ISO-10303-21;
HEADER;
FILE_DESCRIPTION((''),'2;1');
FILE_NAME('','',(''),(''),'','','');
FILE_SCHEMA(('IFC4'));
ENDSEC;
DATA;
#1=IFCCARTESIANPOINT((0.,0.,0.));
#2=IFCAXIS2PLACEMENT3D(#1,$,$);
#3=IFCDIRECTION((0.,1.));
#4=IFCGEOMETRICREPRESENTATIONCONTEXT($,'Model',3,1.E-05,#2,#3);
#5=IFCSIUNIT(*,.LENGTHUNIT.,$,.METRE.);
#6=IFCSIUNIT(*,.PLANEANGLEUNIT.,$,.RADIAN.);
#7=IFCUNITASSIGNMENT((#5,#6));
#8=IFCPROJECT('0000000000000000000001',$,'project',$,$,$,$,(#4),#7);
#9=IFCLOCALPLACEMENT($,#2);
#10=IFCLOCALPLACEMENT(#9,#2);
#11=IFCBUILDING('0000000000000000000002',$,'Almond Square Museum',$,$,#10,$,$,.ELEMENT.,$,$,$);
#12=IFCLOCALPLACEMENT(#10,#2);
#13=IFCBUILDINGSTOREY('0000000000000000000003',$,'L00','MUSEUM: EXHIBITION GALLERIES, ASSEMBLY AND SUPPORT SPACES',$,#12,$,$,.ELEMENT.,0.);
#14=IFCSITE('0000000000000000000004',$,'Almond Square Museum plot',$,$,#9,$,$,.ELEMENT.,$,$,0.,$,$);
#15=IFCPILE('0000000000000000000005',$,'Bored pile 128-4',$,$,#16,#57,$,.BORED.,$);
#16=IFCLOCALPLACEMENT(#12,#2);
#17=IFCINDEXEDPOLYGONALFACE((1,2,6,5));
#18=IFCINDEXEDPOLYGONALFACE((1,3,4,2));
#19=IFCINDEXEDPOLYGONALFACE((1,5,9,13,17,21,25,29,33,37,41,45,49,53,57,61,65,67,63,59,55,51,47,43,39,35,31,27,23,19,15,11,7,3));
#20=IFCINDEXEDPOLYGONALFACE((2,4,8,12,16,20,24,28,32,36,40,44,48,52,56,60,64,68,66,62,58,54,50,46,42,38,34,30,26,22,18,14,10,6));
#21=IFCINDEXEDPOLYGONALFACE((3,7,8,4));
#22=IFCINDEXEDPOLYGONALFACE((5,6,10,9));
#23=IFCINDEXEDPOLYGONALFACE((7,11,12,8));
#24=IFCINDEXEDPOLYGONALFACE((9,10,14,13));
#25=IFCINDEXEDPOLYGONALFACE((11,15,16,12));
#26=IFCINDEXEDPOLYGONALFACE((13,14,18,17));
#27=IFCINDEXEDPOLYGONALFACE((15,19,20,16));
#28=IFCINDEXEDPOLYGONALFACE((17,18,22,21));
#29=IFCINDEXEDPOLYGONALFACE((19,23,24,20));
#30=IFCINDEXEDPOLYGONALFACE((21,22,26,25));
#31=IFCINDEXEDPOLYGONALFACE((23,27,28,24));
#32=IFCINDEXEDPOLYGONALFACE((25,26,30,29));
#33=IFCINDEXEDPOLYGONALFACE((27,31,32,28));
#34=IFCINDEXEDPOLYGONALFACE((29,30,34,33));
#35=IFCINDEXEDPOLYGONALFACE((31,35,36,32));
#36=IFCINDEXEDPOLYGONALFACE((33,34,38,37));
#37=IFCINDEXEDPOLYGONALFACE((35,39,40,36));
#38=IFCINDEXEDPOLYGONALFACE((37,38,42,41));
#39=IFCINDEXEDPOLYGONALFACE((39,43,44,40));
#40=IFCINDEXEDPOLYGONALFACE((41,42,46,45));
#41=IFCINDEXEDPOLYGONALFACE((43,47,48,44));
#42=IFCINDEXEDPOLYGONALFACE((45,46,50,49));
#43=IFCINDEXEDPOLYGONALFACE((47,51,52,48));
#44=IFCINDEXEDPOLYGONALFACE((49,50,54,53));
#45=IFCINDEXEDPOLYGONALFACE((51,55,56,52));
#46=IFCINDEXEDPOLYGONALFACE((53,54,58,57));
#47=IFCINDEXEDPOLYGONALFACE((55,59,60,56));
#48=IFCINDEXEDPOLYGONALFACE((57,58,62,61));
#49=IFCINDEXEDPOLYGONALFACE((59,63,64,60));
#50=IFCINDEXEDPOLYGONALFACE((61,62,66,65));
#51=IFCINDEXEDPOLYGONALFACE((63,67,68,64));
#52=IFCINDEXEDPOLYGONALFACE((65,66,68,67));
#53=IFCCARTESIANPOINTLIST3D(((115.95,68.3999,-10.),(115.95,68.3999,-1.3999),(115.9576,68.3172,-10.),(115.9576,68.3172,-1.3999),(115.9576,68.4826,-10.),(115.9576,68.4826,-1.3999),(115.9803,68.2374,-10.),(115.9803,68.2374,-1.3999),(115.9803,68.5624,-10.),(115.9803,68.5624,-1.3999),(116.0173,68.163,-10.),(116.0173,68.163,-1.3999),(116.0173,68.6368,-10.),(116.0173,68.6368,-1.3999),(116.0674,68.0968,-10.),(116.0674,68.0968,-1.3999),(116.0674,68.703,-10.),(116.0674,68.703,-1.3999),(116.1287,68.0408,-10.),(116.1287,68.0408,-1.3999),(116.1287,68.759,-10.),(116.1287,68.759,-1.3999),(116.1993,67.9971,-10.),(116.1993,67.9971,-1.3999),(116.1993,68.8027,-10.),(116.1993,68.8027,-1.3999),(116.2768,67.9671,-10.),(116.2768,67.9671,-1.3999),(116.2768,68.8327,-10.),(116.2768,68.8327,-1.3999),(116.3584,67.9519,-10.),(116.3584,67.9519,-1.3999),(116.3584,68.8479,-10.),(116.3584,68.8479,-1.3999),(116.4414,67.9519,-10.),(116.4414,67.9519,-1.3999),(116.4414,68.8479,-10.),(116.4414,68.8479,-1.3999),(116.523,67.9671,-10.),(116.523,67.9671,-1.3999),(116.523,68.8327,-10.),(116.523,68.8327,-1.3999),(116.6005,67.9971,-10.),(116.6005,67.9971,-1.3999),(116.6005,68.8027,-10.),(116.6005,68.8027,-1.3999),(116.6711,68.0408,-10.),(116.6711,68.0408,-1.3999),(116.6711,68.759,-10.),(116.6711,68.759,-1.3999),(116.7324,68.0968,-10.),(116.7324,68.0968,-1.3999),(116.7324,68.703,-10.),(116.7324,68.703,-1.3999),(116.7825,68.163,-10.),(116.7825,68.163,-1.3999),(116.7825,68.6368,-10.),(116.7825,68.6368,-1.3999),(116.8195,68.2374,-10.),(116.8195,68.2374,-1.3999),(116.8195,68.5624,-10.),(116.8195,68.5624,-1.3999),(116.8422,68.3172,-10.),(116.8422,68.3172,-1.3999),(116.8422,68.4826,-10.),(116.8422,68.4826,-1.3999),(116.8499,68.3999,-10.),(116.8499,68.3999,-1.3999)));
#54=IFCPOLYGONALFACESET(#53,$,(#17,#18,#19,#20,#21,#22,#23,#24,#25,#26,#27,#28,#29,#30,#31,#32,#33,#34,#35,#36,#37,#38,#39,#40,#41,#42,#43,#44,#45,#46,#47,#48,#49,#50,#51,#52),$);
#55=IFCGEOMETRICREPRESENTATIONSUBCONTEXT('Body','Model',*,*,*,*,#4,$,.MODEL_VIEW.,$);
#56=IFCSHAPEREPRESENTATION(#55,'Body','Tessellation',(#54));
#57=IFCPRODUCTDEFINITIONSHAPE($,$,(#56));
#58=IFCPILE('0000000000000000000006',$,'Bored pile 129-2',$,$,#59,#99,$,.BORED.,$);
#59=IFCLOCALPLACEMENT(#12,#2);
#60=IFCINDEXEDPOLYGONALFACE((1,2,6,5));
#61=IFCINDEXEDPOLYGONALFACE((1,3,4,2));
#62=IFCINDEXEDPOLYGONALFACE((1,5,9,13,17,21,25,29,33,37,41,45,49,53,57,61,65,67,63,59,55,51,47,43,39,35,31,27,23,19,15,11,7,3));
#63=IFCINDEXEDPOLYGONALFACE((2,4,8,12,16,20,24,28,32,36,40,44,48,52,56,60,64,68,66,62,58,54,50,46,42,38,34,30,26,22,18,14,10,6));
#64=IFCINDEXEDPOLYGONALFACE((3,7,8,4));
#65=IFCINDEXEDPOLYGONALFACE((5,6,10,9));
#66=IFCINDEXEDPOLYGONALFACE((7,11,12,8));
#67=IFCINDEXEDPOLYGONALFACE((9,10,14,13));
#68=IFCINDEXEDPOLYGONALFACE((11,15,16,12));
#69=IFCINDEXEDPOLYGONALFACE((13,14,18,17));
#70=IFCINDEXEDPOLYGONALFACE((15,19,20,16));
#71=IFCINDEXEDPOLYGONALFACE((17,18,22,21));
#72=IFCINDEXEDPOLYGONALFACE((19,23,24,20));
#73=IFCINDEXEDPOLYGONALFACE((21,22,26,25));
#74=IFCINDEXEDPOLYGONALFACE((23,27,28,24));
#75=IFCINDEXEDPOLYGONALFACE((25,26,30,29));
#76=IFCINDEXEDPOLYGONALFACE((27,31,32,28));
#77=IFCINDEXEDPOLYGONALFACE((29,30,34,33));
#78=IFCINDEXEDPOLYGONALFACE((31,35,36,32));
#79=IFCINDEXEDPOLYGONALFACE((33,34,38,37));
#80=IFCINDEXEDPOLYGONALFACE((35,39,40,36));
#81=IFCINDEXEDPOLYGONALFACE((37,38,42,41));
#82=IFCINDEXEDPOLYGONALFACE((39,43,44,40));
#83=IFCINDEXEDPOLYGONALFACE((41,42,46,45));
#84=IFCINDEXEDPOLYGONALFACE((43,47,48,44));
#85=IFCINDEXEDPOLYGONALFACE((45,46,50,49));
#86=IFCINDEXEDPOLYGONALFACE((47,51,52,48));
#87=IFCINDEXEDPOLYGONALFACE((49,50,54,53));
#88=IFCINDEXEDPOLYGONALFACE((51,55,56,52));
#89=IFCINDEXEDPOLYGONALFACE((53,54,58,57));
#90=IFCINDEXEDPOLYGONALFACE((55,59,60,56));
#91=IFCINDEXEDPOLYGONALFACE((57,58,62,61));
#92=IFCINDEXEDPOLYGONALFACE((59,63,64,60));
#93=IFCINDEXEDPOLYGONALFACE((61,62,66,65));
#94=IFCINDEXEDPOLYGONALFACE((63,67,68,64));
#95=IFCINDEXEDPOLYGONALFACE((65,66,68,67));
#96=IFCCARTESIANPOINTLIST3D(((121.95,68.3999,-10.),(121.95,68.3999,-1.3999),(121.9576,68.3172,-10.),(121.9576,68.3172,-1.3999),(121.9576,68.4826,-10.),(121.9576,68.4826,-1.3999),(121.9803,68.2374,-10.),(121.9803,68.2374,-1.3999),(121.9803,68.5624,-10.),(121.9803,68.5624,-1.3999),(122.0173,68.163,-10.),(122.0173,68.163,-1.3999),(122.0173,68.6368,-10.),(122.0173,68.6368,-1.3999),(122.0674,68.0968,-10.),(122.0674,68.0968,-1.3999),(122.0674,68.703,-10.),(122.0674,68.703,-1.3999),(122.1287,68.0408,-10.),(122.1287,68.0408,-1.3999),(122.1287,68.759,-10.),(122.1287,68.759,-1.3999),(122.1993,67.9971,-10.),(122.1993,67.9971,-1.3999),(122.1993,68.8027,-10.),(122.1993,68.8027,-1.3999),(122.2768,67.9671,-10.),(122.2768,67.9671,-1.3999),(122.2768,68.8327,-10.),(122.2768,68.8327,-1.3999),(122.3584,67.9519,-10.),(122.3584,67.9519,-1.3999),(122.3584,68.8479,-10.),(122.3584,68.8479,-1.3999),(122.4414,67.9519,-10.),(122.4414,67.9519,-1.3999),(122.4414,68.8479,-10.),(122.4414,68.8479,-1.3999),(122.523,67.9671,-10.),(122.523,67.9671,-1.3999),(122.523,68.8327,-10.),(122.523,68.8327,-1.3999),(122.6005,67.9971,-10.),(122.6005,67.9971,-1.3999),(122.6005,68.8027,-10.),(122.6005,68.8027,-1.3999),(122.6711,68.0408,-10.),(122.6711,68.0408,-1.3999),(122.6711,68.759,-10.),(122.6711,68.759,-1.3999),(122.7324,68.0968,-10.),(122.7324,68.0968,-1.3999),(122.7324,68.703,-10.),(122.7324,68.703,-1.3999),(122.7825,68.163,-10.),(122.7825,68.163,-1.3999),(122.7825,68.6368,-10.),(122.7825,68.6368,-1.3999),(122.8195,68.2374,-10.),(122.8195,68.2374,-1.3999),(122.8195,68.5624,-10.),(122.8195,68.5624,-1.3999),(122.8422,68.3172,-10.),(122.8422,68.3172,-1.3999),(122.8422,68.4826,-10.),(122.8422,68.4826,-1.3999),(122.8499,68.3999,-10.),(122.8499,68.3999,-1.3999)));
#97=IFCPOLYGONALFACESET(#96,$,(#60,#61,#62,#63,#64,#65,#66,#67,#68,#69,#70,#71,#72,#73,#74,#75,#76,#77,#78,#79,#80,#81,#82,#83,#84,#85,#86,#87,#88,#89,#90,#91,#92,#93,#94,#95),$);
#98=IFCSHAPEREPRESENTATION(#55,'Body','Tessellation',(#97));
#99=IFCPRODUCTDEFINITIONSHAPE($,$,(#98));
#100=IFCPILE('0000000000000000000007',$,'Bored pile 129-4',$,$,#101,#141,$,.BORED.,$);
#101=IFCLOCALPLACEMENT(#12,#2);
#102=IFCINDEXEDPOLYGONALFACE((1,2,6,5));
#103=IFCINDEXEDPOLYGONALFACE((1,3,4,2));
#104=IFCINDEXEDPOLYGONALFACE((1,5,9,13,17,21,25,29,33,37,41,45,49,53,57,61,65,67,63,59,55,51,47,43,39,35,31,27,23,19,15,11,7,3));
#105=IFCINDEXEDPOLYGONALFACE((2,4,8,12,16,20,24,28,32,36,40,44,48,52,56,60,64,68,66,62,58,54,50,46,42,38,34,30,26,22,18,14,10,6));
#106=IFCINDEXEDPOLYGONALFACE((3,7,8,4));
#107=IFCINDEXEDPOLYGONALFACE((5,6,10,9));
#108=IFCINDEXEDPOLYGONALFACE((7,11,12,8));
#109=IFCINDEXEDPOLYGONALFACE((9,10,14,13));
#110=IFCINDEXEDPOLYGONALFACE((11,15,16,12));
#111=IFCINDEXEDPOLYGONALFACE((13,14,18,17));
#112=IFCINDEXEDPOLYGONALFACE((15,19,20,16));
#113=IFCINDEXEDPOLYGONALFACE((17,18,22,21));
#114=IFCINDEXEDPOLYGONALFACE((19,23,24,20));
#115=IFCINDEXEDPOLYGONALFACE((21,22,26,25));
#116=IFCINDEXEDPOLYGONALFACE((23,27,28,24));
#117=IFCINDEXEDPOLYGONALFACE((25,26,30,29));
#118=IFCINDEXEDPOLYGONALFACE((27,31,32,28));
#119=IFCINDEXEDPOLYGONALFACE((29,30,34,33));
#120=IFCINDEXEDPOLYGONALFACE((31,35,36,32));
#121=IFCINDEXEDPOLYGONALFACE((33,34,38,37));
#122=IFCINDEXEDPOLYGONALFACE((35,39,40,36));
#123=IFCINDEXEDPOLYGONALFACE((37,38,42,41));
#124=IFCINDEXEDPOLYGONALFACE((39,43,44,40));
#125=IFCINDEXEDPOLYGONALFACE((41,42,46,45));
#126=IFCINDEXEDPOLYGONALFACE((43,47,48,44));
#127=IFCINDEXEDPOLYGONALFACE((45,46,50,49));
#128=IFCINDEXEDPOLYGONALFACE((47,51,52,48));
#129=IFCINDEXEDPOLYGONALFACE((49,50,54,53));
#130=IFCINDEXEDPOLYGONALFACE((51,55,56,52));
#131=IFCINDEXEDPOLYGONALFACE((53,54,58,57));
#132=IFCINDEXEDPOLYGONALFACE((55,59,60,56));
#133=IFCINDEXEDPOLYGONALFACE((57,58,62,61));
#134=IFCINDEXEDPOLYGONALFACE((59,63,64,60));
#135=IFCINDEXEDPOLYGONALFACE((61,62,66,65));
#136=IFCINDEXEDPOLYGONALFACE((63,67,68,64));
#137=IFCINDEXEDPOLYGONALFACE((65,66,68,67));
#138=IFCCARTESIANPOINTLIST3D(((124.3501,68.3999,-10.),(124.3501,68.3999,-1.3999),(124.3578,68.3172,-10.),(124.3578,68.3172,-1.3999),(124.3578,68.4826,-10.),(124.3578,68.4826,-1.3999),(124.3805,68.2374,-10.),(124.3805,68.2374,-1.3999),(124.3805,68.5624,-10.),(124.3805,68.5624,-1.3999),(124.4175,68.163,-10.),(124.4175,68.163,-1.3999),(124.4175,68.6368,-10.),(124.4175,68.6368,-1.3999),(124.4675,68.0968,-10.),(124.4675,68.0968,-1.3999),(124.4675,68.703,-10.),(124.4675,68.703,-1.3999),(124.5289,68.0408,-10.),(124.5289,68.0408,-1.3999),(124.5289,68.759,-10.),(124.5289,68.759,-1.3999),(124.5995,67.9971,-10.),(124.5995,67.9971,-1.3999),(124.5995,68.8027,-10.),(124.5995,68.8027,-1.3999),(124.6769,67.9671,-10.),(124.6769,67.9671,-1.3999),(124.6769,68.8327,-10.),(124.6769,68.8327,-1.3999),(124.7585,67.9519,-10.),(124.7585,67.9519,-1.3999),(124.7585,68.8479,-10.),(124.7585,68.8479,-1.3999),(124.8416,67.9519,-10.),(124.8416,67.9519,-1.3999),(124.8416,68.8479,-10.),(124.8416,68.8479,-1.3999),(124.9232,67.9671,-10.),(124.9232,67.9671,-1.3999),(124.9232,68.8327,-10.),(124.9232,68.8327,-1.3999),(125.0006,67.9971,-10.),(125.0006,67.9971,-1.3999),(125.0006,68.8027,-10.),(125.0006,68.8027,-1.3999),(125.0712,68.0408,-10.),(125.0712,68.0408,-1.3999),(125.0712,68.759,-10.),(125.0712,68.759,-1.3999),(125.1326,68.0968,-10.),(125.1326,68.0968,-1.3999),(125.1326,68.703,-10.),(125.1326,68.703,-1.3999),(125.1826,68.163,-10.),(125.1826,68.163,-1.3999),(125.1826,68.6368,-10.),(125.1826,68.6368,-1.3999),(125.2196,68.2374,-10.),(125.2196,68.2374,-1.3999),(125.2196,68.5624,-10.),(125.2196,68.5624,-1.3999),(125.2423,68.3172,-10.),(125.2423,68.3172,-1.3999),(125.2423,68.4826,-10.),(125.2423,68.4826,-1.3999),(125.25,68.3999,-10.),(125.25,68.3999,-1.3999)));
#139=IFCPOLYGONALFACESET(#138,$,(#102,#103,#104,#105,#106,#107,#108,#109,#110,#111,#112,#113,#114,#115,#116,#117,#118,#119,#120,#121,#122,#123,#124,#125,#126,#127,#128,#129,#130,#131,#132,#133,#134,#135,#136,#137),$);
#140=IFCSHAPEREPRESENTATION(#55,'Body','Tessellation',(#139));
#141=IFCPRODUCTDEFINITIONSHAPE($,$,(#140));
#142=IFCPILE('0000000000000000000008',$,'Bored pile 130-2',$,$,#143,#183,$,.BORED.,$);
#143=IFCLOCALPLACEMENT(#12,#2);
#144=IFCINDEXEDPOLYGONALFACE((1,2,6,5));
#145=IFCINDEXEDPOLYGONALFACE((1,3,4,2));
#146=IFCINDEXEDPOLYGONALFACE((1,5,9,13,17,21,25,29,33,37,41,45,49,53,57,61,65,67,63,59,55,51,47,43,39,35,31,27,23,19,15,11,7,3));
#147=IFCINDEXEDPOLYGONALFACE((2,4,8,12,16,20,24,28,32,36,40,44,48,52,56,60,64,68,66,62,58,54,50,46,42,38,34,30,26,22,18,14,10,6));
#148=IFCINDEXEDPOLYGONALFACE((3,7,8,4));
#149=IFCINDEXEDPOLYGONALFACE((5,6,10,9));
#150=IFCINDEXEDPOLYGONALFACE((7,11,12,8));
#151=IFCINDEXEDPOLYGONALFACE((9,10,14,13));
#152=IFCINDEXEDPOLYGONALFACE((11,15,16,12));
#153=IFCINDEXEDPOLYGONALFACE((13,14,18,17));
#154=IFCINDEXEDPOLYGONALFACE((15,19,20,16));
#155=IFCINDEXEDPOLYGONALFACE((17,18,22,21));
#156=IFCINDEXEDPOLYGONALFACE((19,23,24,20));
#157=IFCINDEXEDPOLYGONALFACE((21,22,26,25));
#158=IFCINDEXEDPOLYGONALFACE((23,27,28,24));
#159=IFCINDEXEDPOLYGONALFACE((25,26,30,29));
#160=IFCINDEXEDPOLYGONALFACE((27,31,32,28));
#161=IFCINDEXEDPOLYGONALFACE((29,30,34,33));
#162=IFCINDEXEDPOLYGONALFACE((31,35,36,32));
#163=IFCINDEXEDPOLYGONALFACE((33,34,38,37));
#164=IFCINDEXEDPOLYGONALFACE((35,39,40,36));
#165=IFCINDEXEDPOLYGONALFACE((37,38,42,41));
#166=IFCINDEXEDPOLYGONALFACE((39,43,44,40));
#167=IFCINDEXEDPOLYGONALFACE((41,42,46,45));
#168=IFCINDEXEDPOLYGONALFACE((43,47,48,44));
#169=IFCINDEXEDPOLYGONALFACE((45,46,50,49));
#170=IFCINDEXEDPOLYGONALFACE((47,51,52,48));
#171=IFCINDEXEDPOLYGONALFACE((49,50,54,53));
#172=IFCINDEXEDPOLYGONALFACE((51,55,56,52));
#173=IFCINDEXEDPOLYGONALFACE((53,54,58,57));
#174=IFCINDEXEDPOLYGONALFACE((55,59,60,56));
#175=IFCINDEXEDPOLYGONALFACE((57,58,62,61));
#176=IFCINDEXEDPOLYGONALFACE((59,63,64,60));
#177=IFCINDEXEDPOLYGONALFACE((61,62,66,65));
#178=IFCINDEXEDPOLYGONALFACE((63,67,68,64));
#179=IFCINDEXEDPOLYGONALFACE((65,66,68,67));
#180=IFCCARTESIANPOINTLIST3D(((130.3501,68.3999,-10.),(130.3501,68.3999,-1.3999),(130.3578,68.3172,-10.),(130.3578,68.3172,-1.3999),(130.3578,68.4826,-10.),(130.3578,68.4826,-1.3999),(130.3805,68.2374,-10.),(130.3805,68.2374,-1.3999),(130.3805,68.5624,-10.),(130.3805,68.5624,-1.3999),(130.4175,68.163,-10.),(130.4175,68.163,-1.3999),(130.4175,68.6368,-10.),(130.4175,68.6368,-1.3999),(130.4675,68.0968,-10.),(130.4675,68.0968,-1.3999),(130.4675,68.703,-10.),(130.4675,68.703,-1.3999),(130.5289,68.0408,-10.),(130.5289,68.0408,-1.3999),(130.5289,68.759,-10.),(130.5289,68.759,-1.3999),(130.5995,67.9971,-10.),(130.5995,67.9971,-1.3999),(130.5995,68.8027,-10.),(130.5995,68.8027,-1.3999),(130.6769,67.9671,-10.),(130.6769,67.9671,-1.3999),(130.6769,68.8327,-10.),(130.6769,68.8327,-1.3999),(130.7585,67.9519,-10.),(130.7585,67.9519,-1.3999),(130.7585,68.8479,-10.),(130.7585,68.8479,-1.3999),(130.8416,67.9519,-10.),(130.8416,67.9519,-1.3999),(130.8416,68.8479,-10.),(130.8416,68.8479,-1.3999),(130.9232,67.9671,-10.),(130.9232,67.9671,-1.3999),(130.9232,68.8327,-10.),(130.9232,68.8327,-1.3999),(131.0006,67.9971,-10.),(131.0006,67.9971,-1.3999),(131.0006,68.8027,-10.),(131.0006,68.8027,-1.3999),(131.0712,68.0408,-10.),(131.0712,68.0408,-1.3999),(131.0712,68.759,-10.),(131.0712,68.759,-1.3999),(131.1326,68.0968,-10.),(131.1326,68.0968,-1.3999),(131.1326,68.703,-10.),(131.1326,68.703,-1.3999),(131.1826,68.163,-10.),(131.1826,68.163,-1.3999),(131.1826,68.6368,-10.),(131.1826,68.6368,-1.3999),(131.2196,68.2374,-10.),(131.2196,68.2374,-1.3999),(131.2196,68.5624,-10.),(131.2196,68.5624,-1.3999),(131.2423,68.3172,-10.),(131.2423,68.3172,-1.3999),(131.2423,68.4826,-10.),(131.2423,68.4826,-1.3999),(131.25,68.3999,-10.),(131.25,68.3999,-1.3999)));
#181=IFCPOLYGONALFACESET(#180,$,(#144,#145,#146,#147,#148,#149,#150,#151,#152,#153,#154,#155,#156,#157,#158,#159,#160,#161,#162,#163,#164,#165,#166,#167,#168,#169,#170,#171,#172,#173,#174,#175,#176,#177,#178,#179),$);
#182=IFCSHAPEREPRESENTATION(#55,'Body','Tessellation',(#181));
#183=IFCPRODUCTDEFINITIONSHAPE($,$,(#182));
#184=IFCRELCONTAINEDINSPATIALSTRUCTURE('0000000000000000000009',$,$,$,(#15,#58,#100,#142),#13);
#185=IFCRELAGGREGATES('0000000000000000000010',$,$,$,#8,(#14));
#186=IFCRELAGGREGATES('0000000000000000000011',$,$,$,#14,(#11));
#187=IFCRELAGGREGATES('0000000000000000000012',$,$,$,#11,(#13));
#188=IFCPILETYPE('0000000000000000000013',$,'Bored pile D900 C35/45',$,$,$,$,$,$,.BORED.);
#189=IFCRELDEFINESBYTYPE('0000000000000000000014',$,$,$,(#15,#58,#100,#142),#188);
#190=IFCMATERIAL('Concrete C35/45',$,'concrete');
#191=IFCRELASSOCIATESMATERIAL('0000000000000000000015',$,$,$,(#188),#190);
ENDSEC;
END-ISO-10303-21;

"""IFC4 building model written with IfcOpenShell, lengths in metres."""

from ifc_helpers import new_model, si_unit, direction, frame, origin, origin_2d, place, context, subcontext, project, spatial, circle, extrude, material, material_profile, profile_set, type_object, element, save


model = new_model("IFC4")

# Units and contexts
model_context = context("Model", 3, precision=1e-05, world=origin(), true_north=direction((0.0, 1.0)))
body_context = subcontext(model_context, "Body", "Model", "MODEL_VIEW")
ifc_project = project(units=[si_unit("LENGTHUNIT", "METRE"), si_unit("PLANEANGLEUNIT", "RADIAN")], contexts=[model_context])

# Site, building, storey
site_placement = place(None, origin())
site = spatial("IfcSite", under=ifc_project, at=site_placement, Name="Almond Square Museum plot", CompositionType="ELEMENT", RefElevation=0.0)
building_placement = place(site_placement, origin())
building = spatial("IfcBuilding", under=site, at=building_placement, Name="Almond Square Museum", CompositionType="ELEMENT")
storey_placement = place(building_placement, origin())
storey = spatial("IfcBuildingStorey", under=building, at=storey_placement, Name="L00", Description="MUSEUM: EXHIBITION GALLERIES, ASSEMBLY AND SUPPORT SPACES", CompositionType="ELEMENT", Elevation=0.0)

# Piles
ifc_material_1 = material(Name="Concrete C35/45", Category="concrete")
ifc_material_profile_1 = material_profile(ifc_material_1, circle(Radius=0.45, at=origin_2d()))
ifc_profile_set_1 = profile_set([ifc_material_profile_1], Name="Concrete C35/45")
pile_type = type_object("IfcPileType", Name="Bored pile D900 C35/45", PredefinedType="BORED", material=ifc_profile_set_1)
for number, where, z_axis, x_axis, name in (
    (1, (116.3999, 68.3999, -1.3999), (0.0, 0.0, -1.0), (1.0, 0.0, 0.0), "Bored pile 128-4"),
    (2, (122.3999, 68.3999, -1.3999), (0.0, 0.0, -1.0), (1.0, 0.0, 0.0), "Bored pile 129-2"),
    (3, (124.8, 68.3999, -1.3999), (0.0, 0.0, -1.0), (1.0, 0.0, 0.0), "Bored pile 129-4"),
    (4, (130.8, 68.3999, -1.3999), (0.0, 0.0, -1.0), (1.0, 0.0, 0.0), "Bored pile 130-2"),
):
    element("IfcPile", number, at=place(storey_placement, frame(where, z_axis=z_axis, x_axis=x_axis)), inside=storey, type_object=pile_type, Name=name, PredefinedType="BORED", context=body_context, shape_type="SweptSolid", body=[
        extrude(circle(Radius=0.45, at=origin_2d()), origin(), (0.0, 0.0, 1.0), 8.6001),
    ])

save(model, "model.ifc")
